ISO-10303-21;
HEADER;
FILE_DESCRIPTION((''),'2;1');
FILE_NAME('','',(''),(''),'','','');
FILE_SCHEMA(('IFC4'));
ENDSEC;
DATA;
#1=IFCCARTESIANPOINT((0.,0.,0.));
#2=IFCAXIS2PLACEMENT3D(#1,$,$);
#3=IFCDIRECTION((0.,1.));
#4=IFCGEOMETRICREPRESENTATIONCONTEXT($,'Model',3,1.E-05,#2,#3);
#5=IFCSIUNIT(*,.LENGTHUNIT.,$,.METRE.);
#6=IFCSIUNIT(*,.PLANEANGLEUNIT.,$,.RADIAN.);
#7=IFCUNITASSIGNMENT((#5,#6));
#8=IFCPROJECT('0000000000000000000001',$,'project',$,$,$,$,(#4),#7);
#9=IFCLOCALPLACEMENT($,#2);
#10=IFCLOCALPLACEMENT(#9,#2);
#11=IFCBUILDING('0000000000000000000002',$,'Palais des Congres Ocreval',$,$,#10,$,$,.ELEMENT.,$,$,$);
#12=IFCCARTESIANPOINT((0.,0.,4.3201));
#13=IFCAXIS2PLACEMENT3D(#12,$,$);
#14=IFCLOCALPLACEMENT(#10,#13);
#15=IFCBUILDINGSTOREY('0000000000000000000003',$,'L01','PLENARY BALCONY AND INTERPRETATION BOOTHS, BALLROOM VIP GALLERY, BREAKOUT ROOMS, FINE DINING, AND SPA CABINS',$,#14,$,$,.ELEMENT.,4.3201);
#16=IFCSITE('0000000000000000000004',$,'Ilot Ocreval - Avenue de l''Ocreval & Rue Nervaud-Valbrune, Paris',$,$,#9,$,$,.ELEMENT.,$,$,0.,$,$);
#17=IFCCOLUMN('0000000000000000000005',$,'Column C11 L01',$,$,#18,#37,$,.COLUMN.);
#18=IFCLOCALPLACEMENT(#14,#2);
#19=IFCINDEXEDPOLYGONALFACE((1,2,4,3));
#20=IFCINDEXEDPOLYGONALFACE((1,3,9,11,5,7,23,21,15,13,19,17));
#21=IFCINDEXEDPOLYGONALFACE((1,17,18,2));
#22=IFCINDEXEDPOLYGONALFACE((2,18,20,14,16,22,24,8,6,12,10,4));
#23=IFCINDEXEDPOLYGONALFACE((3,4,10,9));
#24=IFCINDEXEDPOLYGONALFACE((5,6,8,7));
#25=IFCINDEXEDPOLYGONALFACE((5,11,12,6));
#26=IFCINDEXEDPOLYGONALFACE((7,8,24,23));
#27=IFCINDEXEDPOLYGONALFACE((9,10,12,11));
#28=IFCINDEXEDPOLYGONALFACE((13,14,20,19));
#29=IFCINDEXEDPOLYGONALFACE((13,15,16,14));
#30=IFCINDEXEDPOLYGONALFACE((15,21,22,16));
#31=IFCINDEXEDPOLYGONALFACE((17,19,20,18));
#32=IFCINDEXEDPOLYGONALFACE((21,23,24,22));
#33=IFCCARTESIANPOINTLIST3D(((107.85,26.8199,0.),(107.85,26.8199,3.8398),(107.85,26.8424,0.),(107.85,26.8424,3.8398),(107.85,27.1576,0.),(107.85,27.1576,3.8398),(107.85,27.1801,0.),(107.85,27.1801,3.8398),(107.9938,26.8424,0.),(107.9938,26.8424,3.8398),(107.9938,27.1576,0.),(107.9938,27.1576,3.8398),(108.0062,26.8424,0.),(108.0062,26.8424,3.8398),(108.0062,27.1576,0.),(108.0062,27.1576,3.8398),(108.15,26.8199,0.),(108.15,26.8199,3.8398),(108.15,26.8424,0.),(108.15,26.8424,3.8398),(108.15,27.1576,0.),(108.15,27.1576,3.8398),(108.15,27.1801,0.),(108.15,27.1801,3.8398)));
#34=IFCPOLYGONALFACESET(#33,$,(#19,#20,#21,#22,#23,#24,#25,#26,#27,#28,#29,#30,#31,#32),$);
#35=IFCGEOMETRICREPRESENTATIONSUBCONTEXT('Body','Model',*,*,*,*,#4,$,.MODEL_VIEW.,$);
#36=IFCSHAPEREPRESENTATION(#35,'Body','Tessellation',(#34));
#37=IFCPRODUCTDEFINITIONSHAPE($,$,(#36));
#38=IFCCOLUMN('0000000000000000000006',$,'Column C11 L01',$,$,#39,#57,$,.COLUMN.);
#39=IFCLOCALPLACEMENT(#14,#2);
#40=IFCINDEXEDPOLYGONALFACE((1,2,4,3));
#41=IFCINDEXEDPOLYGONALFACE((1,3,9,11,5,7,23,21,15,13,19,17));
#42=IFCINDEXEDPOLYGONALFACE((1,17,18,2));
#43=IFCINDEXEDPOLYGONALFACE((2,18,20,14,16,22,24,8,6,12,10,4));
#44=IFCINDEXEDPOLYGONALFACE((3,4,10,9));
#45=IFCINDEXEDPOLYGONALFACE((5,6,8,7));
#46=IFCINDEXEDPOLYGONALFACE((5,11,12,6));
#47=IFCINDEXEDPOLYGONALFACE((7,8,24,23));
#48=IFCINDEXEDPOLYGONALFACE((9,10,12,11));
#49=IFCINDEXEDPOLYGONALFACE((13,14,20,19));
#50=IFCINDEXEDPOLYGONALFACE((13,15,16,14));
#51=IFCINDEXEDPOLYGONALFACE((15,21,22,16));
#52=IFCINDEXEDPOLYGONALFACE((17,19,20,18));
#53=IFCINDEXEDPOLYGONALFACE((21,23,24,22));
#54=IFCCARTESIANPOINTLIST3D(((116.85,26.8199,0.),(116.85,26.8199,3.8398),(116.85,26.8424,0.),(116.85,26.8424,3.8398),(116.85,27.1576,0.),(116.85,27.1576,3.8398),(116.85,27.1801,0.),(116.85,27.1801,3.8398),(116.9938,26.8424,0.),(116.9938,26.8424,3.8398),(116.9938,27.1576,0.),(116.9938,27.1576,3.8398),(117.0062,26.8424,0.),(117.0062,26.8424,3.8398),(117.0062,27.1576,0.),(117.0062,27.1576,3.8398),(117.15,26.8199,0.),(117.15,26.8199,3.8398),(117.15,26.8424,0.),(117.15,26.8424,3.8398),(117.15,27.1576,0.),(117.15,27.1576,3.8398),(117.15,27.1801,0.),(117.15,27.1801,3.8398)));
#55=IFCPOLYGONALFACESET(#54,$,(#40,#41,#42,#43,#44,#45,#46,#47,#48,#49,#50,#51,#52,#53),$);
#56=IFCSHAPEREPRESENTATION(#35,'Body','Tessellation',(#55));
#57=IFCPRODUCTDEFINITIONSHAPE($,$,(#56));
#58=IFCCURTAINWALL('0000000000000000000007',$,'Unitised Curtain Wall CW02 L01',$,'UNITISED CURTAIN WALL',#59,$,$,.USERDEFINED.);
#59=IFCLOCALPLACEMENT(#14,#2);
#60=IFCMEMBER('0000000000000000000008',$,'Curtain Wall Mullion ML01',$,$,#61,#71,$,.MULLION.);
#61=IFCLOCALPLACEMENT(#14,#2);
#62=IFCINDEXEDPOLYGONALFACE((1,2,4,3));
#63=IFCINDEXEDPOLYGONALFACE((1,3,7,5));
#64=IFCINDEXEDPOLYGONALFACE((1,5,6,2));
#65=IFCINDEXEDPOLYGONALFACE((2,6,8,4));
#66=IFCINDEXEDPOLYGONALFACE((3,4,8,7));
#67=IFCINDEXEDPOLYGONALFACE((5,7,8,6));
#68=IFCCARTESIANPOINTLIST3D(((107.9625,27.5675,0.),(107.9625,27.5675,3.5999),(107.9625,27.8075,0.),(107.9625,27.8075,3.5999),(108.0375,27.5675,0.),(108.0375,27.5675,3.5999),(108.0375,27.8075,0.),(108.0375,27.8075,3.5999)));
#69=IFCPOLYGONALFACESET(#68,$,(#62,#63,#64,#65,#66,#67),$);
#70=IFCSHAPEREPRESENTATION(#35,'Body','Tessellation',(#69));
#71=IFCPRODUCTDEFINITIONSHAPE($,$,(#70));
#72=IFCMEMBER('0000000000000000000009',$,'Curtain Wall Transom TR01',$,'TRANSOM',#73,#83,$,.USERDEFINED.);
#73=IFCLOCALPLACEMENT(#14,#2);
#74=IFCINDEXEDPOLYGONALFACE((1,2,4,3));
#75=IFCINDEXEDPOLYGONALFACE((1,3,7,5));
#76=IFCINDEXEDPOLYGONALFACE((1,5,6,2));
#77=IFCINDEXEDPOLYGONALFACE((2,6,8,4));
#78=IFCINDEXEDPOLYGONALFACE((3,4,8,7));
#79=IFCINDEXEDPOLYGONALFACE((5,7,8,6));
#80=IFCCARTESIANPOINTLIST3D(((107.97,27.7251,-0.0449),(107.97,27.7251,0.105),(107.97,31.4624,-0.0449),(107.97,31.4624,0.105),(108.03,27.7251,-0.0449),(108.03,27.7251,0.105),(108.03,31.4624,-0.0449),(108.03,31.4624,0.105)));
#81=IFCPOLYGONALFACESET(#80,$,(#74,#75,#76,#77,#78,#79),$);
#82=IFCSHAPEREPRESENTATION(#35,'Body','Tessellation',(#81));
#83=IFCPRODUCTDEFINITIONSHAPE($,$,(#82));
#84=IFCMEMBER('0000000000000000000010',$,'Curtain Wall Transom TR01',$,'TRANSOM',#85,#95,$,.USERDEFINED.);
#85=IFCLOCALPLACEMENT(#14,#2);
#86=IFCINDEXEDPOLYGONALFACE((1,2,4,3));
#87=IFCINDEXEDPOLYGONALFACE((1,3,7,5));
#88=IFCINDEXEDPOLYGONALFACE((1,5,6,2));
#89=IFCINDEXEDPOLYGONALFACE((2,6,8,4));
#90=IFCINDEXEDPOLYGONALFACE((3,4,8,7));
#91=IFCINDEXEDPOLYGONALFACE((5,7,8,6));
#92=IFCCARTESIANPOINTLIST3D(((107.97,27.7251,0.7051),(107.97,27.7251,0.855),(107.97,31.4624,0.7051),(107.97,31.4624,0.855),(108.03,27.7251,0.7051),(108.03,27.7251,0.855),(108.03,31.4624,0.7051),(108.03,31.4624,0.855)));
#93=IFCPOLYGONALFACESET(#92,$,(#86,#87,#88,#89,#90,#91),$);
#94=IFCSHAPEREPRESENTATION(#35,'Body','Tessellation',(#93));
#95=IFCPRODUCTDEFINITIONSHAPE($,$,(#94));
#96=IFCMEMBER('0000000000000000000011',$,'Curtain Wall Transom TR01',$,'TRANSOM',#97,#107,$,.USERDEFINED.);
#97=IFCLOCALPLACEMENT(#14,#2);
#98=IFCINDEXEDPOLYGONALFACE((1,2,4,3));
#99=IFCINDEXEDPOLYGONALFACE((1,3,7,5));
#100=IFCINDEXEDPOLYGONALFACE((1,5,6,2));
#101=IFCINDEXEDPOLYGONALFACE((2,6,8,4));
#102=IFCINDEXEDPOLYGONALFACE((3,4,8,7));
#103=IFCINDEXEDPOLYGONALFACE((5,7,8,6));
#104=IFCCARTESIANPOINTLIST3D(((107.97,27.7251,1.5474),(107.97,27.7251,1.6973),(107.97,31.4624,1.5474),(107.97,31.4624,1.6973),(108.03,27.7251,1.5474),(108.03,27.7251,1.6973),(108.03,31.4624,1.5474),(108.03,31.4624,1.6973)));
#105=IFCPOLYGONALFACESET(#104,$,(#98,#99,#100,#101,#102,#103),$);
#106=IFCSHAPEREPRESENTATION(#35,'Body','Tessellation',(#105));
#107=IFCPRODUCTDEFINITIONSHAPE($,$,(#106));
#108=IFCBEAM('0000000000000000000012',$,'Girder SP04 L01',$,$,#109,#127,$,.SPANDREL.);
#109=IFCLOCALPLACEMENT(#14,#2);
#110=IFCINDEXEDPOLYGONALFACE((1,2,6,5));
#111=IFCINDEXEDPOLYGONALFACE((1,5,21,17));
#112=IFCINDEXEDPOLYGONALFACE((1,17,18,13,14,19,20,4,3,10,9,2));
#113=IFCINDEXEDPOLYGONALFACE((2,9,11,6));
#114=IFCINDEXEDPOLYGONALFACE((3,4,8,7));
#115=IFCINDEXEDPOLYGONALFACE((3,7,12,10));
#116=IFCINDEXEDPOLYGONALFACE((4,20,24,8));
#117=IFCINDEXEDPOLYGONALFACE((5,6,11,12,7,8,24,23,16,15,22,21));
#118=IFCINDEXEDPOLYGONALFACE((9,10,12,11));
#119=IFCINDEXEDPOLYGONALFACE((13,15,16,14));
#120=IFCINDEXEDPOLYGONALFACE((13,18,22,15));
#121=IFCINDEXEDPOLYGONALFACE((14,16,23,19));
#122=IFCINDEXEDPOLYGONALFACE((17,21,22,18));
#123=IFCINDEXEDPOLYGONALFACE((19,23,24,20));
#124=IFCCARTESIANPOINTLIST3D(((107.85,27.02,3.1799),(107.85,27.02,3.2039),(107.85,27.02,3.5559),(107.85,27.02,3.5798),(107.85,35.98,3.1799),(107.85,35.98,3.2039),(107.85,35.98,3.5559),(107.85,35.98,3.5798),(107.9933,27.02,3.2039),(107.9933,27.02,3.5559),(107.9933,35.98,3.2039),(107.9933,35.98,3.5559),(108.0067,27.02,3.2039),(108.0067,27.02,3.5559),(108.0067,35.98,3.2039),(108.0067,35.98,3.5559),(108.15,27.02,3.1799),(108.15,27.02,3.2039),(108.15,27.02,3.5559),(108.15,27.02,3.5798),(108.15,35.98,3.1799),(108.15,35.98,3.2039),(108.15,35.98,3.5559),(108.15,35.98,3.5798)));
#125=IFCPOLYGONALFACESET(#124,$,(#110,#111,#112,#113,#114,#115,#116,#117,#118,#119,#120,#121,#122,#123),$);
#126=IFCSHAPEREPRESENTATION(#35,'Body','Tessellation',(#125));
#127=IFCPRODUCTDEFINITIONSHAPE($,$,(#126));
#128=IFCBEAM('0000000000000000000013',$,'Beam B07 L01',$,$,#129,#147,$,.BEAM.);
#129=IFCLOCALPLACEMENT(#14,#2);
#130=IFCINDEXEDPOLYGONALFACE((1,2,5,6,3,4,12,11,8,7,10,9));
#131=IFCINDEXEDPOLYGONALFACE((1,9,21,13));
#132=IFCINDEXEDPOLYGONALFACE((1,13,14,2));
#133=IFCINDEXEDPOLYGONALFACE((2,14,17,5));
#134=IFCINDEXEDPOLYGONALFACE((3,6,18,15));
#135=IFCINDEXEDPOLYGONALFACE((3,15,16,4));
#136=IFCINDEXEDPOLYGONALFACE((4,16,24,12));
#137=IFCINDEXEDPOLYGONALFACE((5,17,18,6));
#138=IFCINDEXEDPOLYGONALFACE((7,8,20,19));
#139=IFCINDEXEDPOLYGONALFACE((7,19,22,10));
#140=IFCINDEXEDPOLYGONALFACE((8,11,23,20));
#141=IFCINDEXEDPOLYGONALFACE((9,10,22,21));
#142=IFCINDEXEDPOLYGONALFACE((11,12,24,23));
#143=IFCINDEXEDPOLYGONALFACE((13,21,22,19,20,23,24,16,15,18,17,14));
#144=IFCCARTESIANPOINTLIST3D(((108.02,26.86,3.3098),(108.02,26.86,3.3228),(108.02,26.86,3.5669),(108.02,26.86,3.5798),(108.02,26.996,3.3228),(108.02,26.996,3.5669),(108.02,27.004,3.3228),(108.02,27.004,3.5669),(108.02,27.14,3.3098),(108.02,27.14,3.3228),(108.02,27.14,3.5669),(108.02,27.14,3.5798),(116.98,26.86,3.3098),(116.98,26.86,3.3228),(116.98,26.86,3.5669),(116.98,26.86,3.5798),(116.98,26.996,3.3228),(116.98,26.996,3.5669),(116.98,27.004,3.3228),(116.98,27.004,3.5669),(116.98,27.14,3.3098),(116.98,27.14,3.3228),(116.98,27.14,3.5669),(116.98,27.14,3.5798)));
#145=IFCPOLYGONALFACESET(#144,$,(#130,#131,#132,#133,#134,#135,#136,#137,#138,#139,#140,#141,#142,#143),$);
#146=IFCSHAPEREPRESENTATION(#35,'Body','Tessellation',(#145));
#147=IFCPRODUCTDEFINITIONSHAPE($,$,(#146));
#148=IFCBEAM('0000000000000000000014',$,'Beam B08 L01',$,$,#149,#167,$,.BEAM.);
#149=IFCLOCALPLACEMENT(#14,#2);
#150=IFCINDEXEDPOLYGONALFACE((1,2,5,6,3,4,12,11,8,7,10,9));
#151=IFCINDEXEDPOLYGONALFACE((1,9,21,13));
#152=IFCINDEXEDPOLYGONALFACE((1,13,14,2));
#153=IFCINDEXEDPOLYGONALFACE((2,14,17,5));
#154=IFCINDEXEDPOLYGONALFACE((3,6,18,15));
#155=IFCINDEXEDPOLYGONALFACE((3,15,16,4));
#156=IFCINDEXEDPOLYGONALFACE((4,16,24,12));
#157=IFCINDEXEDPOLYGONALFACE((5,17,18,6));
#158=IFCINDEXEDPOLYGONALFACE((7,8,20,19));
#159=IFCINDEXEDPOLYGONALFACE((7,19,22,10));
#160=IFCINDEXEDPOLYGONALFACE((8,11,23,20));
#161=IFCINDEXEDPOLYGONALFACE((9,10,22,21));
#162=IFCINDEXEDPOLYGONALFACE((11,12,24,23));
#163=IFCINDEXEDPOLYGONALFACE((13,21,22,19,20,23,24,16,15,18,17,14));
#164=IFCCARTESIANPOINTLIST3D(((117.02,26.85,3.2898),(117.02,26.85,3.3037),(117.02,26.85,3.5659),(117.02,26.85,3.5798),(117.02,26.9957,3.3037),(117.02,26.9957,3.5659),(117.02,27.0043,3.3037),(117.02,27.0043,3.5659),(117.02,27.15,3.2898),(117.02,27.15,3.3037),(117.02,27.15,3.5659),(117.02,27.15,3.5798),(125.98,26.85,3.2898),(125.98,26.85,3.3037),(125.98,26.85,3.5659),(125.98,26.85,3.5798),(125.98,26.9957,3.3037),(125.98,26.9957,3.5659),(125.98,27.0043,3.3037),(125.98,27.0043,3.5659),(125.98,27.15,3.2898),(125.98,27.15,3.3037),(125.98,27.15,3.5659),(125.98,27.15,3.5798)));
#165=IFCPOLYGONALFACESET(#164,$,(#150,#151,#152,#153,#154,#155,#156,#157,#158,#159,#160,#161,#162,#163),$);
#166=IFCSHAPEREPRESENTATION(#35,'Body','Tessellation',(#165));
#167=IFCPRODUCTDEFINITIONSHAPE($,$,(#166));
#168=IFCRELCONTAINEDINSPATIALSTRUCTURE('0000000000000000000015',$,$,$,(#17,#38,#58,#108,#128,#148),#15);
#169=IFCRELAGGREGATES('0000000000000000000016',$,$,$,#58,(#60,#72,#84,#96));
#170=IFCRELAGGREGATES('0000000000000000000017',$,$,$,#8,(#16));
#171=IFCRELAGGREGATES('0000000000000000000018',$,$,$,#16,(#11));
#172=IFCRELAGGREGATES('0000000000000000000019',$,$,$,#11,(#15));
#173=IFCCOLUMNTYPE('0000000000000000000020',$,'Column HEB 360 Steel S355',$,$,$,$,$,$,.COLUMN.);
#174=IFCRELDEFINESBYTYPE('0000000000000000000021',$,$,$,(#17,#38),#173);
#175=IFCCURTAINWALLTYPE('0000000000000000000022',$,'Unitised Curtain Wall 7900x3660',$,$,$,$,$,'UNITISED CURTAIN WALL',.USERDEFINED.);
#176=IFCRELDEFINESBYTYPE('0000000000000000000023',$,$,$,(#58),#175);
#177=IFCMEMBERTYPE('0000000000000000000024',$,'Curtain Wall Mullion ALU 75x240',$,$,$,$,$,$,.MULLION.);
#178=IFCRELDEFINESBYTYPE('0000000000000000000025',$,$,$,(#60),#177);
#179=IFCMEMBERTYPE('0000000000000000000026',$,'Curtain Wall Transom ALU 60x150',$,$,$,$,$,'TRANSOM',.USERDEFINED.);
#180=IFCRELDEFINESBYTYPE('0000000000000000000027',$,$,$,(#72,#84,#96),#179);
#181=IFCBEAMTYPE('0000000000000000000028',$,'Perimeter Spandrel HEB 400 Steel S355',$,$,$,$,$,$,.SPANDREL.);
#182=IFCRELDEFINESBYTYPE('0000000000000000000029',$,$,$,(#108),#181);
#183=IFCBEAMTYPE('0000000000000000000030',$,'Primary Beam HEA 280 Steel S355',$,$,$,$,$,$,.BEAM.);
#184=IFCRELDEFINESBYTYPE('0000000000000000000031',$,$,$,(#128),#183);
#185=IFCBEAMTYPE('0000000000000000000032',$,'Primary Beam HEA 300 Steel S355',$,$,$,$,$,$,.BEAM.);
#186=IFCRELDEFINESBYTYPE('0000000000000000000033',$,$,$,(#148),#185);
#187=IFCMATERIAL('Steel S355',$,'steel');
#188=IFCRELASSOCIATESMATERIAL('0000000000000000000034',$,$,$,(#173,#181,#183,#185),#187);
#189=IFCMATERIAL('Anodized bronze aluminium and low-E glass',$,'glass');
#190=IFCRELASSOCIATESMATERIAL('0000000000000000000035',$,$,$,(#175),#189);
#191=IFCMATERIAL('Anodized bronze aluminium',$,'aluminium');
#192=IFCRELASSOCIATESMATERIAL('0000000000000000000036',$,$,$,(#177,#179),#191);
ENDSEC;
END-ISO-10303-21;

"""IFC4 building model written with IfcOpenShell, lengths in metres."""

from ifc_helpers import new_model, si_unit, direction, frame, origin, origin_2d, place, context, subcontext, project, spatial, rectangle, i_section, extrude, material, material_profile, profile_set, type_object, element, aggregate, save


model = new_model("IFC4")

# Units and contexts
model_context = context("Model", 3, precision=1e-05, world=origin(), true_north=direction((0.0, 1.0)))
body_context = subcontext(model_context, "Body", "Model", "MODEL_VIEW")
ifc_project = project(units=[si_unit("LENGTHUNIT", "METRE"), si_unit("PLANEANGLEUNIT", "RADIAN")], contexts=[model_context])

# Site, building, storey
site_placement = place(None, origin())
site = spatial("IfcSite", under=ifc_project, at=site_placement, Name="Ilot Ocreval - Avenue de l'Ocreval & Rue Nervaud-Valbrune, Paris", CompositionType="ELEMENT", RefElevation=0.0)
building_placement = place(site_placement, origin())
building = spatial("IfcBuilding", under=site, at=building_placement, Name="Palais des Congres Ocreval", CompositionType="ELEMENT")
storey_placement = place(building_placement, frame((0.0, 0.0, 4.3201)))
storey = spatial("IfcBuildingStorey", under=building, at=storey_placement, Name="L01", Description="PLENARY BALCONY AND INTERPRETATION BOOTHS, BALLROOM VIP GALLERY, BREAKOUT ROOMS, FINE DINING, AND SPA CABINS", CompositionType="ELEMENT", Elevation=4.3201)

# Columns
ifc_material_1 = material(Name="Steel S355", Category="steel")
ifc_material_profile_1 = material_profile(ifc_material_1, i_section(OverallWidth=0.3, OverallDepth=0.3601, WebThickness=0.0125, FlangeThickness=0.0225, at=origin_2d()), Name="HEB 360")
ifc_profile_set_1 = profile_set([ifc_material_profile_1], Name="Steel S355")
column_type = type_object("IfcColumnType", Name="Column HEB 360 Steel S355", PredefinedType="COLUMN", material=ifc_profile_set_1)
for number, where, z_axis, x_axis, name in (
    (1, (108.0, 27.0, 0.0), (0.0, 0.0, 1.0), (1.0, 0.0, 0.0), "Column C11 L01"),
    (2, (117.0, 27.0, 0.0), (0.0, 0.0, 1.0), (1.0, 0.0, 0.0), "Column C11 L01"),
):
    element("IfcColumn", number, at=place(storey_placement, frame(where, z_axis=z_axis, x_axis=x_axis)), inside=storey, type_object=column_type, Name=name, PredefinedType="COLUMN", context=body_context, shape_type="SweptSolid", body=[
        extrude(i_section(OverallWidth=0.3, OverallDepth=0.3601, WebThickness=0.0125, FlangeThickness=0.0225, at=origin_2d()), origin(), (0.0, 0.0, 1.0), 3.8398),
    ])

# Curtain wall, members
ifc_material_2 = material(Name="Anodized bronze aluminium and low-E glass", Category="glass")
curtain_wall_type = type_object("IfcCurtainWallType", Name="Unitised Curtain Wall 7900x3660", ElementType="UNITISED CURTAIN WALL", PredefinedType="USERDEFINED", material=ifc_material_2)
curtain_wall_placement = place(storey_placement, origin())
curtain_wall = element("IfcCurtainWall", 3, at=curtain_wall_placement, inside=storey, type_object=curtain_wall_type, Name="Unitised Curtain Wall CW02 L01", ObjectType="UNITISED CURTAIN WALL", PredefinedType="USERDEFINED")
ifc_material_3 = material(Name="Anodized bronze aluminium", Category="aluminium")
ifc_material_profile_2 = material_profile(ifc_material_3, rectangle(XDim=0.075, YDim=0.24, at=origin_2d()), Name="ALU 75x240")
ifc_profile_set_2 = profile_set([ifc_material_profile_2], Name="Anodized bronze aluminium")
member_type_1 = type_object("IfcMemberType", Name="Curtain Wall Mullion ALU 75x240", PredefinedType="MULLION", material=ifc_profile_set_2)
member_1_placement = place(storey_placement, frame((108.0, 27.6875, 0.0), z_axis=(0.0, 0.0, 1.0), x_axis=(-1.0, 0.0, 0.0)))
member_1 = element("IfcMember", 4, at=member_1_placement, type_object=member_type_1, Name="Curtain Wall Mullion ML01", PredefinedType="MULLION", context=body_context, shape_type="SweptSolid", body=[
    extrude(rectangle(XDim=0.075, YDim=0.24, at=origin_2d()), origin(), (0.0, 0.0, 1.0), 3.5999),
])
ifc_material_profile_3 = material_profile(ifc_material_3, rectangle(XDim=0.0601, YDim=0.1499, at=origin_2d()), Name="ALU 60x150")
ifc_profile_set_3 = profile_set([ifc_material_profile_3], Name="Anodized bronze aluminium")
member_type_2 = type_object("IfcMemberType", Name="Curtain Wall Transom ALU 60x150", ElementType="TRANSOM", PredefinedType="USERDEFINED", material=ifc_profile_set_3)
member_2_placement = place(storey_placement, frame((108.0, 27.7251, 0.03), z_axis=(0.0, 1.0, 0.0), x_axis=(-1.0, 0.0, 0.0)))
member_2 = element("IfcMember", 5, at=member_2_placement, type_object=member_type_2, Name="Curtain Wall Transom TR01", ObjectType="TRANSOM", PredefinedType="USERDEFINED", context=body_context, shape_type="SweptSolid", body=[
    extrude(rectangle(XDim=0.0601, YDim=0.1499, at=origin_2d()), origin(), (0.0, 0.0, 1.0), 3.7373),
])
member_3_placement = place(storey_placement, frame((108.0, 27.7251, 0.78), z_axis=(0.0, 1.0, 0.0), x_axis=(-1.0, 0.0, 0.0)))
member_3 = element("IfcMember", 6, at=member_3_placement, type_object=member_type_2, Name="Curtain Wall Transom TR01", ObjectType="TRANSOM", PredefinedType="USERDEFINED", context=body_context, shape_type="SweptSolid", body=[
    extrude(rectangle(XDim=0.0601, YDim=0.1499, at=origin_2d()), origin(), (0.0, 0.0, 1.0), 3.7373),
])
member_4_placement = place(storey_placement, frame((108.0, 27.7251, 1.6223), z_axis=(0.0, 1.0, 0.0), x_axis=(-1.0, 0.0, 0.0)))
member_4 = element("IfcMember", 7, at=member_4_placement, type_object=member_type_2, Name="Curtain Wall Transom TR01", ObjectType="TRANSOM", PredefinedType="USERDEFINED", context=body_context, shape_type="SweptSolid", body=[
    extrude(rectangle(XDim=0.0601, YDim=0.1499, at=origin_2d()), origin(), (0.0, 0.0, 1.0), 3.7373),
])
aggregate(curtain_wall, [member_1, member_2, member_3, member_4])

# Beams
ifc_material_profile_4 = material_profile(ifc_material_1, i_section(OverallWidth=0.3, OverallDepth=0.3999, WebThickness=0.0134, FlangeThickness=0.0239, at=origin_2d()), Name="HEB 400")
ifc_profile_set_4 = profile_set([ifc_material_profile_4], Name="Steel S355")
beam_type_1 = type_object("IfcBeamType", Name="Perimeter Spandrel HEB 400 Steel S355", PredefinedType="SPANDREL", material=ifc_profile_set_4)
beam_1_placement = place(storey_placement, frame((108.0, 27.02, 3.3799), z_axis=(0.0, 1.0, 0.0), x_axis=(-1.0, 0.0, 0.0)))
element("IfcBeam", 8, at=beam_1_placement, inside=storey, type_object=beam_type_1, Name="Girder SP04 L01", PredefinedType="SPANDREL", context=body_context, shape_type="SweptSolid", body=[
    extrude(i_section(OverallWidth=0.3, OverallDepth=0.3999, WebThickness=0.0134, FlangeThickness=0.0239, at=origin_2d()), origin(), (0.0, 0.0, 1.0), 8.96),
])
ifc_material_profile_5 = material_profile(ifc_material_1, i_section(OverallWidth=0.28, OverallDepth=0.27, WebThickness=0.0081, FlangeThickness=0.0129, at=origin_2d()), Name="HEA 280")
ifc_profile_set_5 = profile_set([ifc_material_profile_5], Name="Steel S355")
beam_type_2 = type_object("IfcBeamType", Name="Primary Beam HEA 280 Steel S355", PredefinedType="BEAM", material=ifc_profile_set_5)
beam_2_placement = place(storey_placement, frame((108.02, 27.0, 3.4448), z_axis=(1.0, 0.0, 0.0), x_axis=(0.0, 1.0, 0.0)))
element("IfcBeam", 9, at=beam_2_placement, inside=storey, type_object=beam_type_2, Name="Beam B07 L01", PredefinedType="BEAM", context=body_context, shape_type="SweptSolid", body=[
    extrude(i_section(OverallWidth=0.28, OverallDepth=0.27, WebThickness=0.0081, FlangeThickness=0.0129, at=origin_2d()), origin(), (0.0, 0.0, 1.0), 8.96),
])
ifc_material_profile_6 = material_profile(ifc_material_1, i_section(OverallWidth=0.3, OverallDepth=0.29, WebThickness=0.0085, FlangeThickness=0.0139, at=origin_2d()), Name="HEA 300")
ifc_profile_set_6 = profile_set([ifc_material_profile_6], Name="Steel S355")
beam_type_3 = type_object("IfcBeamType", Name="Primary Beam HEA 300 Steel S355", PredefinedType="BEAM", material=ifc_profile_set_6)
beam_3_placement = place(storey_placement, frame((117.02, 27.0, 3.4348), z_axis=(1.0, 0.0, 0.0), x_axis=(0.0, 1.0, 0.0)))
element("IfcBeam", 10, at=beam_3_placement, inside=storey, type_object=beam_type_3, Name="Beam B08 L01", PredefinedType="BEAM", context=body_context, shape_type="SweptSolid", body=[
    extrude(i_section(OverallWidth=0.3, OverallDepth=0.29, WebThickness=0.0085, FlangeThickness=0.0139, at=origin_2d()), origin(), (0.0, 0.0, 1.0), 8.96),
])

save(model, "model.ifc")
